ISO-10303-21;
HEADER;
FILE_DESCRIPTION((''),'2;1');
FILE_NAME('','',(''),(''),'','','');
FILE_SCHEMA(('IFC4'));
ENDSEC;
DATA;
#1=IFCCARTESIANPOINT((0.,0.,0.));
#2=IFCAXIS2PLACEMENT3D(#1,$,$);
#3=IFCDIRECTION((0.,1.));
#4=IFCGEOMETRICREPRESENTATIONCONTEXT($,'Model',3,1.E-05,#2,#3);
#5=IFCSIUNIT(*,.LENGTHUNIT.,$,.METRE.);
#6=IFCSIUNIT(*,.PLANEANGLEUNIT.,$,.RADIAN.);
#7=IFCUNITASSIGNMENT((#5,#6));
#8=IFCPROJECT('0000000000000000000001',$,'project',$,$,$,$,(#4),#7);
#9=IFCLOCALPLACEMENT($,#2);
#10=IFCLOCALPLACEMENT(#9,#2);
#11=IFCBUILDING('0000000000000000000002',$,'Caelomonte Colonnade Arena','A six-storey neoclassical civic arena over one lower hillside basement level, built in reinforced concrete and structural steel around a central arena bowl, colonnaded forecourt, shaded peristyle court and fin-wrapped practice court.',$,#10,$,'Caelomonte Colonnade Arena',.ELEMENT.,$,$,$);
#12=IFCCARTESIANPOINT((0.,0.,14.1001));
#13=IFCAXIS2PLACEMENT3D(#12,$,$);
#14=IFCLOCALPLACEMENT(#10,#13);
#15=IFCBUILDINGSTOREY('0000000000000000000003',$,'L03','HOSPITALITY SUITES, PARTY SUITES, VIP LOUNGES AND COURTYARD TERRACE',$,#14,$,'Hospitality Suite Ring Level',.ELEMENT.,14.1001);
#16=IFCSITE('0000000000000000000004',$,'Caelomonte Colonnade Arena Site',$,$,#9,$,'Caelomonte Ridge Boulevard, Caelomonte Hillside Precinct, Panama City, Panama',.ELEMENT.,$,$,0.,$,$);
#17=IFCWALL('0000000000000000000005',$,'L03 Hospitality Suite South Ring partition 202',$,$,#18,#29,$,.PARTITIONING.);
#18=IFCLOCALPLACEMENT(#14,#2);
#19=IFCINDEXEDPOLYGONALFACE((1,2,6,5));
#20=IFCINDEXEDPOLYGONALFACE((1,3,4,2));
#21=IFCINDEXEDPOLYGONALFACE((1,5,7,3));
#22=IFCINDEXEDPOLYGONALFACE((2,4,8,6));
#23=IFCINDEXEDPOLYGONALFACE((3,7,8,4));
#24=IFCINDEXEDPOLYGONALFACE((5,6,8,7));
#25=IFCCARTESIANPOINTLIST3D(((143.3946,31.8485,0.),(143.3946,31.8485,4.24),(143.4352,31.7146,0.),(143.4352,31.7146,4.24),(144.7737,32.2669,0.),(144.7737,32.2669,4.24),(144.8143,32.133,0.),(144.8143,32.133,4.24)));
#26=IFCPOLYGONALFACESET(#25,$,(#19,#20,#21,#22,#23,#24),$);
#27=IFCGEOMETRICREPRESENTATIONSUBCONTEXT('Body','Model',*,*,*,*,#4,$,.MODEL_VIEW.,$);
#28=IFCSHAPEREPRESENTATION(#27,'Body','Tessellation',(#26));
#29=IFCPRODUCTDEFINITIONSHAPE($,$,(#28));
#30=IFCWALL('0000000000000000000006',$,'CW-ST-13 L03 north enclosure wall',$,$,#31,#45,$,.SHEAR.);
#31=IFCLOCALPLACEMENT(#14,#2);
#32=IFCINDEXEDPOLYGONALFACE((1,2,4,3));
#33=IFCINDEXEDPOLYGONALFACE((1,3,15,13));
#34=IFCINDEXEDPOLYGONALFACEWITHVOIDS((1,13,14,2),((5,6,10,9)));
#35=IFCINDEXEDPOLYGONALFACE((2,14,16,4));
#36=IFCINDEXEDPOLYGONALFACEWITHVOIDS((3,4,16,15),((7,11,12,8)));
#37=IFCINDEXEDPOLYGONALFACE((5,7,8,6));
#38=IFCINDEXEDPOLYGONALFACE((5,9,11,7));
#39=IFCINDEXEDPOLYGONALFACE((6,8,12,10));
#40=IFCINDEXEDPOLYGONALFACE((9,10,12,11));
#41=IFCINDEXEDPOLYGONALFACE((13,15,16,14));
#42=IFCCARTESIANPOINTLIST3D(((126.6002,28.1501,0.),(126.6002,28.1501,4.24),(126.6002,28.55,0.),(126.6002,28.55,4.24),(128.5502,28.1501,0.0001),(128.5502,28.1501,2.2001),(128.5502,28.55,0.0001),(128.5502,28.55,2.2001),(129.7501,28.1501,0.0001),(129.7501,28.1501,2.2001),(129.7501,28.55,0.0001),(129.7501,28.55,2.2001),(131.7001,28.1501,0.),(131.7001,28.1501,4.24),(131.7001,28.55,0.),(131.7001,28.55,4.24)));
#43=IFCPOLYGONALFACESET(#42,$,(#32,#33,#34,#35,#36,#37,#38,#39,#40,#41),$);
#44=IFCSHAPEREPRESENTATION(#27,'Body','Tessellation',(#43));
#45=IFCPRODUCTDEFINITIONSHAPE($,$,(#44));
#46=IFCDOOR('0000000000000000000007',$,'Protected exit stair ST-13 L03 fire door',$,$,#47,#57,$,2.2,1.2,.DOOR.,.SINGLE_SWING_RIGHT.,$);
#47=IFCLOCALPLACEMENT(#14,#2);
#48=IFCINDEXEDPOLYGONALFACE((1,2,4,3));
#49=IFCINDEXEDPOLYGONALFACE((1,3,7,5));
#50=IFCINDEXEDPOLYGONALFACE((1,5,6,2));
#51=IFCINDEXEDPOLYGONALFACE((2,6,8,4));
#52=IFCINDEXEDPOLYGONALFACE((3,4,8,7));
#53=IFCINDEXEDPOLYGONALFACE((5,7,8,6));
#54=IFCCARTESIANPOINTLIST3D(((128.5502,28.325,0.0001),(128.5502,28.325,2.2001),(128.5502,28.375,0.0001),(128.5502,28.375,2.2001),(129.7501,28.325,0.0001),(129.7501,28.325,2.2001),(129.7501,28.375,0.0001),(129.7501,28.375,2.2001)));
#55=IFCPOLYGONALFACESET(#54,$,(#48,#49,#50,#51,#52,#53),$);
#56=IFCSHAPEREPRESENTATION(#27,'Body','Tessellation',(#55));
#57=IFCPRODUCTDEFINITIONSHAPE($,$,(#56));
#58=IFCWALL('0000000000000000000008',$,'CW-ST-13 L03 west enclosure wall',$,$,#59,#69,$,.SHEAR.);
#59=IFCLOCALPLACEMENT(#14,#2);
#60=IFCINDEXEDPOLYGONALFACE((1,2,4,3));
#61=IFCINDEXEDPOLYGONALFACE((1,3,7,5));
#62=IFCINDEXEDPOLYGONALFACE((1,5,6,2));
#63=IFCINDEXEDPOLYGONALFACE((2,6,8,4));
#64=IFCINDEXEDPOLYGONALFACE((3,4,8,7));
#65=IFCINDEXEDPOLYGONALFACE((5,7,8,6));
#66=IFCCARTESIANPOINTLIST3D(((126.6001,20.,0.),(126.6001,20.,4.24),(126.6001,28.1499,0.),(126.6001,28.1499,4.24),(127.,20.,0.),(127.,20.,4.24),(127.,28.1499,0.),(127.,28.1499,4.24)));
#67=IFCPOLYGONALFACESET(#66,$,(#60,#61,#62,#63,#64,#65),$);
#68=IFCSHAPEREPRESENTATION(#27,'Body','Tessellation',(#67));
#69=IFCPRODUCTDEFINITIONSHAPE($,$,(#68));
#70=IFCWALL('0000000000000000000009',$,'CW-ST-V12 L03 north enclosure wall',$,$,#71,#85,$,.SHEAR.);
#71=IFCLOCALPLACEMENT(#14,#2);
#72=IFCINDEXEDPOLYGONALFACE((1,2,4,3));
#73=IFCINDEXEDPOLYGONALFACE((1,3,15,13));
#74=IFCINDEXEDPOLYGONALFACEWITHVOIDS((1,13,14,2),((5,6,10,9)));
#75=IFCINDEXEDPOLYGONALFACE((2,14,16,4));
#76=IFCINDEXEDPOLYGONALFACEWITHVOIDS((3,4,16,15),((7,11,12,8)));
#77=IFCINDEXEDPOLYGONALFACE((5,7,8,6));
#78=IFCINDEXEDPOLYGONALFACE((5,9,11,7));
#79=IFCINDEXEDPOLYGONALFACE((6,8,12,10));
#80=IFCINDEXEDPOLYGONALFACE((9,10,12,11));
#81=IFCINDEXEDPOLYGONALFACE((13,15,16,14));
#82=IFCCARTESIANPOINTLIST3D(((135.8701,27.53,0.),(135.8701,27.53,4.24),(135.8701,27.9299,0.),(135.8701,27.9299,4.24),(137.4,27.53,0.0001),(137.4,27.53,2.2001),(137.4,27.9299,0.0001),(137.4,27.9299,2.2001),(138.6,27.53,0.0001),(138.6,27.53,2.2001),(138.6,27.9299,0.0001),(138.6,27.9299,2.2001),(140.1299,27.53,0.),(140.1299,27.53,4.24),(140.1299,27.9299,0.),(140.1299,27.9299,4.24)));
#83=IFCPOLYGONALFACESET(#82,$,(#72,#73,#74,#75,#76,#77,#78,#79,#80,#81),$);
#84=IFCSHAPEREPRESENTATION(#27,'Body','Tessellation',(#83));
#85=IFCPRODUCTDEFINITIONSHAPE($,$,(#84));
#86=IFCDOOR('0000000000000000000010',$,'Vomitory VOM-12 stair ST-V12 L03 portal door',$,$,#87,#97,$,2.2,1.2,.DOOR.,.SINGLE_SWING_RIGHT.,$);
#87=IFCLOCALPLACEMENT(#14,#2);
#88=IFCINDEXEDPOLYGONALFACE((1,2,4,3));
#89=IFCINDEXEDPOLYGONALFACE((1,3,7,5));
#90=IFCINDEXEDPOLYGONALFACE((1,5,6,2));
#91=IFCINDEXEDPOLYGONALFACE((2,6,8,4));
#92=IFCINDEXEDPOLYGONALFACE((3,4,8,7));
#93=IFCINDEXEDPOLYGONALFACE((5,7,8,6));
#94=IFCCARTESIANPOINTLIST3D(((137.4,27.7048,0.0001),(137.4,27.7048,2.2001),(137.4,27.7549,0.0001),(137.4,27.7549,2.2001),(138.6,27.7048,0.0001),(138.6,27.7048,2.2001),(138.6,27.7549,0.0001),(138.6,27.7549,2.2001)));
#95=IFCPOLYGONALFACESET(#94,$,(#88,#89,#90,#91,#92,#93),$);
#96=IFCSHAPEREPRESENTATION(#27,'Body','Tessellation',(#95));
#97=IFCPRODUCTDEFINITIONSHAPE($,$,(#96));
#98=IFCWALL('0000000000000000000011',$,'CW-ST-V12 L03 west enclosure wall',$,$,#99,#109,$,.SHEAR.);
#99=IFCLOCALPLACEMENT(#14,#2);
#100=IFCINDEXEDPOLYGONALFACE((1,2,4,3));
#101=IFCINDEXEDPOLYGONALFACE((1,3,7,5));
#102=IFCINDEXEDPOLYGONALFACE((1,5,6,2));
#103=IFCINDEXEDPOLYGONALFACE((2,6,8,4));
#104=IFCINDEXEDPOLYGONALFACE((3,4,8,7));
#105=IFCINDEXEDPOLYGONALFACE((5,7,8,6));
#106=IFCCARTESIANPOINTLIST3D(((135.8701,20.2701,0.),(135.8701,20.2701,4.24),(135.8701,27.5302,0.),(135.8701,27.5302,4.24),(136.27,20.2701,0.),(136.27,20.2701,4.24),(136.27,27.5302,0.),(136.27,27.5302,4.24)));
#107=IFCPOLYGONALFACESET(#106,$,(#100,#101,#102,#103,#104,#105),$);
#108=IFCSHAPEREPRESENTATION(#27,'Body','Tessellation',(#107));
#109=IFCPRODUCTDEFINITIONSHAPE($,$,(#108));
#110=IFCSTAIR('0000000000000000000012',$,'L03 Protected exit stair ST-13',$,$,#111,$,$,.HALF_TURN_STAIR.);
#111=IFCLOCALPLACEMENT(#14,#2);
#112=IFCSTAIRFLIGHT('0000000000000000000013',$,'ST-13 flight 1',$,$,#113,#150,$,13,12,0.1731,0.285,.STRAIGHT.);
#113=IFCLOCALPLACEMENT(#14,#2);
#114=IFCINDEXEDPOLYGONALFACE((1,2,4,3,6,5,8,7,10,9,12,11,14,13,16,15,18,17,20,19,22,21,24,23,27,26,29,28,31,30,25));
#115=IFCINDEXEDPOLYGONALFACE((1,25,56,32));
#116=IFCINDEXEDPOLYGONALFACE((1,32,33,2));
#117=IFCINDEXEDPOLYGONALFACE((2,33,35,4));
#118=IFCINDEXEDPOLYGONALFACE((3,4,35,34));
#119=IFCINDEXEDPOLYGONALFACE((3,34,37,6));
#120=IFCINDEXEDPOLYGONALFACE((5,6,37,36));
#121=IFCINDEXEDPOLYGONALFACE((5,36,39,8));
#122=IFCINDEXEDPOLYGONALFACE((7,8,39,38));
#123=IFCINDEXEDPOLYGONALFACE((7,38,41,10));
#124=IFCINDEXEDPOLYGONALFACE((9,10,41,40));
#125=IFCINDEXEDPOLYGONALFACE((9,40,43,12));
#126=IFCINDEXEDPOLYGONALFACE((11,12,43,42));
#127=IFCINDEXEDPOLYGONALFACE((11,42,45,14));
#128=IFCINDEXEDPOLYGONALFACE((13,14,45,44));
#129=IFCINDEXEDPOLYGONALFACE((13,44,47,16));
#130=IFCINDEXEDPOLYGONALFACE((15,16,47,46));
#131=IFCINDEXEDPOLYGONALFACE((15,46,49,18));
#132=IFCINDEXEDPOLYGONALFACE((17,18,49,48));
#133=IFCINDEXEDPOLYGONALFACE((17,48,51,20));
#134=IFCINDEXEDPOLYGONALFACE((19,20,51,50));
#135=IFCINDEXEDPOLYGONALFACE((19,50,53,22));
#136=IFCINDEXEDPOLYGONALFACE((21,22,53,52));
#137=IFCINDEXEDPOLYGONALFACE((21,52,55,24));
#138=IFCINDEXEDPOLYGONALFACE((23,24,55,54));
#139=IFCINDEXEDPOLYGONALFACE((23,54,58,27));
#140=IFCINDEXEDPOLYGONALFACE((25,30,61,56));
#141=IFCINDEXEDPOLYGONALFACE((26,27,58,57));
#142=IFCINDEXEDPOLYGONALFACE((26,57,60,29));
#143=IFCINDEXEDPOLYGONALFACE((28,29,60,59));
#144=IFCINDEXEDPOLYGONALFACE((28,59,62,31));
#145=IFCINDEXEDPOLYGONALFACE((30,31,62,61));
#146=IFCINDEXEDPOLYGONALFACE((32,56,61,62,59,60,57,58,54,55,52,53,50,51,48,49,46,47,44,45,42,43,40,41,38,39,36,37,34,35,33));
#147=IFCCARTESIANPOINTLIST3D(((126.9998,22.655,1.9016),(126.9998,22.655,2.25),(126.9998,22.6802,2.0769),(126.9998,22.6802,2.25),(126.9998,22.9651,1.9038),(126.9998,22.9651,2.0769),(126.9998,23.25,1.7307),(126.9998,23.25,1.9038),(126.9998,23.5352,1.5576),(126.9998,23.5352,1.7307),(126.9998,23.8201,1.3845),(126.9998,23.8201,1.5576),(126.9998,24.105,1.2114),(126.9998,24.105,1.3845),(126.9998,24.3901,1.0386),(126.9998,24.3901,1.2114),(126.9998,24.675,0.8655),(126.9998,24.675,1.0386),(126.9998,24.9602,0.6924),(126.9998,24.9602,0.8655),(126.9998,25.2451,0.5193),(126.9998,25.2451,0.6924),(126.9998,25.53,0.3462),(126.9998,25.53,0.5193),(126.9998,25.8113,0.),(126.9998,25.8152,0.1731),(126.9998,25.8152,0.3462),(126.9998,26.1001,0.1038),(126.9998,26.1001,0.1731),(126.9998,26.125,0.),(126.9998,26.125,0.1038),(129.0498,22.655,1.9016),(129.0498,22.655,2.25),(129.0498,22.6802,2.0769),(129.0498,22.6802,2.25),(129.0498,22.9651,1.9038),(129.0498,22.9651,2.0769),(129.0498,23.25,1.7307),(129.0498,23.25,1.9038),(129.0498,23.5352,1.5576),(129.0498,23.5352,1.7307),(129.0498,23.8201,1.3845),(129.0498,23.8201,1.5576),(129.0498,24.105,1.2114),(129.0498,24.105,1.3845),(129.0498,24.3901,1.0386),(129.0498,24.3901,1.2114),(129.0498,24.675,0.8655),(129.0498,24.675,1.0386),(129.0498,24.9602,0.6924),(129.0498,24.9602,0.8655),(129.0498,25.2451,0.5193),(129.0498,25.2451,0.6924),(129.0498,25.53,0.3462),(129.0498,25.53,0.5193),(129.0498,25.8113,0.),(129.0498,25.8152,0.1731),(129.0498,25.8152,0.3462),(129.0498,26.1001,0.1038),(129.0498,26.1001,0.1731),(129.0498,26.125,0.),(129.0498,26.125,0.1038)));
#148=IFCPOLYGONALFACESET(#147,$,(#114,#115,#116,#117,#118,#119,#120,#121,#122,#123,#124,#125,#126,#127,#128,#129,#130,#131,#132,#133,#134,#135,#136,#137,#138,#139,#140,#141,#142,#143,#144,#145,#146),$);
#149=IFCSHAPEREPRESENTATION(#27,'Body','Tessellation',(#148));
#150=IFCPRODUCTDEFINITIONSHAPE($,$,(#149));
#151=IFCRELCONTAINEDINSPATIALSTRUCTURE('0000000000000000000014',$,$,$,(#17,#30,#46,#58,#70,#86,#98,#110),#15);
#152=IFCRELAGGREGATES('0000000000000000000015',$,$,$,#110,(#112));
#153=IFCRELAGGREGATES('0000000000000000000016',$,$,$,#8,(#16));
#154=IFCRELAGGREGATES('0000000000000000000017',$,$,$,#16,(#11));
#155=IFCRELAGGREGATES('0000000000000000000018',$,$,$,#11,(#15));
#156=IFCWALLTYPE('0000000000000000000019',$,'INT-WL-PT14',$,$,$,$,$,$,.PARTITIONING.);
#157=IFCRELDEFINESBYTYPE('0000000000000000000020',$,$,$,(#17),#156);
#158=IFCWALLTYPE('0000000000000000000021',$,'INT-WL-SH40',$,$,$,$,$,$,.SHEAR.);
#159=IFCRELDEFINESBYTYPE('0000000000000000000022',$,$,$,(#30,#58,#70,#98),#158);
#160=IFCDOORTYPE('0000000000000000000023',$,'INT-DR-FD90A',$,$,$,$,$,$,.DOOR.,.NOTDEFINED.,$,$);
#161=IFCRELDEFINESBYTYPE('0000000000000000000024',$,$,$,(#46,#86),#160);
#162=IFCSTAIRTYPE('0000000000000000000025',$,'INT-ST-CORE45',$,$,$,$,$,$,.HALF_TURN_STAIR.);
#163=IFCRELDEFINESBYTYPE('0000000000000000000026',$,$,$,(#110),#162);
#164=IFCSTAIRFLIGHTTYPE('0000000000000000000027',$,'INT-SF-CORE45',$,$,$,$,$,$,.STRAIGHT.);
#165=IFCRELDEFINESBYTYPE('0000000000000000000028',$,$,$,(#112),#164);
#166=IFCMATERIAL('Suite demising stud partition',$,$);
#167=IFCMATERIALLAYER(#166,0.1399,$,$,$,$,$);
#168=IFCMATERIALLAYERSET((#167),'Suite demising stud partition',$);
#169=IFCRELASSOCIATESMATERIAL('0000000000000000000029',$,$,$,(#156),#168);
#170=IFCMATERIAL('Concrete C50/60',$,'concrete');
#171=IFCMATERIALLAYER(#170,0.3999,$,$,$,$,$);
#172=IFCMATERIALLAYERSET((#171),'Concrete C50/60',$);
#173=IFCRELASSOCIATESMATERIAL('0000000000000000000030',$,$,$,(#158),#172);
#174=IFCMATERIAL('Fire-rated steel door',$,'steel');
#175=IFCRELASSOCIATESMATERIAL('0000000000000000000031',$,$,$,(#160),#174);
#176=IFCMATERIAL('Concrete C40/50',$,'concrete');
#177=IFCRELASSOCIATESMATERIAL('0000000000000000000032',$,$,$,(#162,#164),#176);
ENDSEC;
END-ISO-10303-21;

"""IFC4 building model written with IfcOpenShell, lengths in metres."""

from ifc_helpers import new_model, si_unit, direction, frame, frame_2d, origin, place, context, subcontext, project, spatial, polyline, rectangle, outline, extrude, material, layer, layer_set, type_object, element, fill, aggregate, save


model = new_model("IFC4")

# Units and contexts
model_context = context("Model", 3, precision=1e-05, world=origin(), true_north=direction((0.0, 1.0)))
body_context = subcontext(model_context, "Body", "Model", "MODEL_VIEW")
ifc_project = project(units=[si_unit("LENGTHUNIT", "METRE"), si_unit("PLANEANGLEUNIT", "RADIAN")], contexts=[model_context])

# Site, building, storey
site_placement = place(None, origin())
site = spatial("IfcSite", under=ifc_project, at=site_placement, Name="Caelomonte Colonnade Arena Site", LongName="Caelomonte Ridge Boulevard, Caelomonte Hillside Precinct, Panama City, Panama", CompositionType="ELEMENT", RefElevation=0.0)
building_placement = place(site_placement, origin())
building = spatial("IfcBuilding", under=site, at=building_placement, Name="Caelomonte Colonnade Arena", Description="A six-storey neoclassical civic arena over one lower hillside basement level, built in reinforced concrete and structural steel around a central arena bowl, colonnaded forecourt, shaded peristyle court and fin-wrapped practice court.", LongName="Caelomonte Colonnade Arena", CompositionType="ELEMENT")
storey_placement = place(building_placement, frame((0.0, 0.0, 14.1001)))
storey = spatial("IfcBuildingStorey", under=building, at=storey_placement, Name="L03", Description="HOSPITALITY SUITES, PARTY SUITES, VIP LOUNGES AND COURTYARD TERRACE", LongName="Hospitality Suite Ring Level", CompositionType="ELEMENT", Elevation=14.1001)

# Shared definitions
ifc_material_1 = material(Name="Concrete C40/50", Category="concrete")

# Wall
ifc_material_2 = material(Name="Suite demising stud partition")
ifc_layer_1 = layer(ifc_material_2, 0.1399)
ifc_layer_set_1 = layer_set([ifc_layer_1], Name="Suite demising stud partition")
wall_type_1 = type_object("IfcWallType", Name="INT-WL-PT14", PredefinedType="PARTITIONING", material=ifc_layer_set_1)
wall_1_placement = place(storey_placement, frame((143.4148, 31.7815, 0.0), z_axis=(0.0, 0.0, 1.0), x_axis=(0.956922, 0.290346, 0.0)))
element("IfcWall", 1, at=wall_1_placement, inside=storey, type_object=wall_type_1, Name="L03 Hospitality Suite South Ring partition 202", PredefinedType="PARTITIONING", context=body_context, shape_type="SweptSolid", body=[
    extrude(rectangle(XDim=1.4412, YDim=0.1399, at=frame_2d((0.7207, 0.0))), origin(), (0.0, 0.0, 1.0), 4.24),
])

# Wall, opening, door
ifc_material_3 = material(Name="Concrete C50/60", Category="concrete")
ifc_layer_2 = layer(ifc_material_3, 0.3999)
ifc_layer_set_2 = layer_set([ifc_layer_2], Name="Concrete C50/60")
wall_type_2 = type_object("IfcWallType", Name="INT-WL-SH40", PredefinedType="SHEAR", material=ifc_layer_set_2)
wall_2_placement = place(storey_placement, frame((131.7, 28.3501, 0.0), z_axis=(0.0, 0.0, 1.0), x_axis=(-1.0, 0.0, 0.0)))
wall_2 = element("IfcWall", 2, at=wall_2_placement, inside=storey, type_object=wall_type_2, Name="CW-ST-13 L03 north enclosure wall", PredefinedType="SHEAR", context=body_context, shape_type="SweptSolid", body=[
    extrude(rectangle(XDim=5.0999, YDim=0.3999, at=frame_2d((2.5498, 0.0))), origin(), (0.0, 0.0, 1.0), 4.24),
])
opening_1_placement = place(wall_2_placement, frame((3.1499, 0.0, 0.0), z_axis=(0.0, 0.0, 1.0), x_axis=(-1.0, 0.0, 0.0)))
opening_1 = element("IfcOpeningElement", 3, at=opening_1_placement, cuts=wall_2, PredefinedType="OPENING", context=body_context, shape_type="SweptSolid", body=[
    extrude(rectangle(XDim=1.2, YDim=2.2, at=frame_2d((0.6001, 1.1001))), frame((0.0, 0.21, 0.0), z_axis=(0.0, -1.0, 0.0), x_axis=(1.0, 0.0, 0.0)), (0.0, 0.0, 1.0), 0.4199),
])
ifc_material_4 = material(Name="Fire-rated steel door", Category="steel")
door_type = type_object("IfcDoorType", Name="INT-DR-FD90A", OperationType="NOTDEFINED", PredefinedType="DOOR", material=ifc_material_4)
door_1_placement = place(opening_1_placement, origin())
door_1 = element("IfcDoor", 4, at=door_1_placement, inside=storey, type_object=door_type, Name="Protected exit stair ST-13 L03 fire door", OperationType="SINGLE_SWING_RIGHT", OverallHeight=2.2, OverallWidth=1.2, PredefinedType="DOOR", context=body_context, shape_type="SweptSolid", body=[
    extrude(rectangle(XDim=1.2, YDim=2.2, at=frame_2d((0.6001, 1.1001))), frame((0.0, 0.0249, 0.0), z_axis=(0.0, -1.0, 0.0), x_axis=(1.0, 0.0, 0.0)), (0.0, 0.0, 1.0), 0.05),
])
fill(opening_1, door_1)

# Wall
wall_3_placement = place(storey_placement, frame((126.8, 28.1499, 0.0), z_axis=(0.0, 0.0, 1.0), x_axis=(0.0, -1.0, 0.0)))
element("IfcWall", 5, at=wall_3_placement, inside=storey, type_object=wall_type_2, Name="CW-ST-13 L03 west enclosure wall", PredefinedType="SHEAR", context=body_context, shape_type="SweptSolid", body=[
    extrude(rectangle(XDim=8.1499, YDim=0.3999, at=frame_2d((4.075, 0.0))), origin(), (0.0, 0.0, 1.0), 4.24),
])

# Wall, opening, door
wall_4_placement = place(storey_placement, frame((140.1299, 27.73, 0.0), z_axis=(0.0, 0.0, 1.0), x_axis=(-1.0, 0.0, 0.0)))
wall_4 = element("IfcWall", 6, at=wall_4_placement, inside=storey, type_object=wall_type_2, Name="CW-ST-V12 L03 north enclosure wall", PredefinedType="SHEAR", context=body_context, shape_type="SweptSolid", body=[
    extrude(rectangle(XDim=4.2598, YDim=0.3999, at=frame_2d((2.1299, 0.0))), origin(), (0.0, 0.0, 1.0), 4.24),
])
opening_2_placement = place(wall_4_placement, frame((2.73, 0.0, 0.0), z_axis=(0.0, 0.0, 1.0), x_axis=(-1.0, 0.0, 0.0)))
opening_2 = element("IfcOpeningElement", 7, at=opening_2_placement, cuts=wall_4, PredefinedType="OPENING", context=body_context, shape_type="SweptSolid", body=[
    extrude(rectangle(XDim=1.2, YDim=2.2, at=frame_2d((0.6001, 1.1001))), frame((0.0, 0.21, 0.0), z_axis=(0.0, -1.0, 0.0), x_axis=(1.0, 0.0, 0.0)), (0.0, 0.0, 1.0), 0.4199),
])
door_2_placement = place(opening_2_placement, origin())
door_2 = element("IfcDoor", 8, at=door_2_placement, inside=storey, type_object=door_type, Name="Vomitory VOM-12 stair ST-V12 L03 portal door", OperationType="SINGLE_SWING_RIGHT", OverallHeight=2.2, OverallWidth=1.2, PredefinedType="DOOR", context=body_context, shape_type="SweptSolid", body=[
    extrude(rectangle(XDim=1.2, YDim=2.2, at=frame_2d((0.6001, 1.1001))), frame((0.0, 0.0249, 0.0), z_axis=(0.0, -1.0, 0.0), x_axis=(1.0, 0.0, 0.0)), (0.0, 0.0, 1.0), 0.05),
])
fill(opening_2, door_2)

# Wall
wall_5_placement = place(storey_placement, frame((136.0701, 27.53, 0.0), z_axis=(0.0, 0.0, 1.0), x_axis=(0.0, -1.0, 0.0)))
element("IfcWall", 9, at=wall_5_placement, inside=storey, type_object=wall_type_2, Name="CW-ST-V12 L03 west enclosure wall", PredefinedType="SHEAR", context=body_context, shape_type="SweptSolid", body=[
    extrude(rectangle(XDim=7.26, YDim=0.3999, at=frame_2d((3.6299, 0.0))), origin(), (0.0, 0.0, 1.0), 4.24),
])

# Stair, stair flight
stair_type = type_object("IfcStairType", Name="INT-ST-CORE45", PredefinedType="HALF_TURN_STAIR", material=ifc_material_1)
stair_placement = place(storey_placement, origin())
stair = element("IfcStair", 10, at=stair_placement, inside=storey, type_object=stair_type, Name="L03 Protected exit stair ST-13", PredefinedType="HALF_TURN_STAIR")
stair_flight_type = type_object("IfcStairFlightType", Name="INT-SF-CORE45", PredefinedType="STRAIGHT", material=ifc_material_1)
stair_flight_placement = place(storey_placement, frame((128.0249, 26.1001, 0.0), z_axis=(0.0, 0.0, 1.0), x_axis=(0.0, -1.0, 0.0)))
stair_flight = element("IfcStairFlight", 11, at=stair_flight_placement, type_object=stair_flight_type, Name="ST-13 flight 1", NumberOfRisers=13, NumberOfTreads=12, PredefinedType="STRAIGHT", RiserHeight=0.1731, TreadLength=0.285, context=body_context, shape_type="SweptSolid", body=[
    extrude(outline(polyline([(-0.0249, 0.0), (-0.0249, 0.1038), (0.0, 0.1038), (0.0, 0.1731), (0.2849, 0.1731), (0.2849, 0.3462), (0.5701, 0.3462), (0.5701, 0.5193), (0.855, 0.5193), (0.855, 0.6924), (1.1399, 0.6924), (1.1399, 0.8655), (1.425, 0.8655), (1.425, 1.0386), (1.71, 1.0386), (1.71, 1.2114), (1.9951, 1.2114), (1.9951, 1.3845), (2.28, 1.3845), (2.28, 1.5576), (2.5649, 1.5576), (2.5649, 1.7307), (2.8501, 1.7307), (2.8501, 1.9038), (3.135, 1.9038), (3.135, 2.0769), (3.4199, 2.0769), (3.4199, 2.25), (3.4451, 2.25), (3.4451, 1.9016), (0.2888, 0.0), (-0.0249, 0.0)])), frame((0.0, 1.0249, 0.0), z_axis=(0.0, -1.0, 0.0), x_axis=(1.0, 0.0, 0.0)), (0.0, 0.0, 1.0), 2.05),
])
aggregate(stair, [stair_flight])

save(model, "model.ifc")
